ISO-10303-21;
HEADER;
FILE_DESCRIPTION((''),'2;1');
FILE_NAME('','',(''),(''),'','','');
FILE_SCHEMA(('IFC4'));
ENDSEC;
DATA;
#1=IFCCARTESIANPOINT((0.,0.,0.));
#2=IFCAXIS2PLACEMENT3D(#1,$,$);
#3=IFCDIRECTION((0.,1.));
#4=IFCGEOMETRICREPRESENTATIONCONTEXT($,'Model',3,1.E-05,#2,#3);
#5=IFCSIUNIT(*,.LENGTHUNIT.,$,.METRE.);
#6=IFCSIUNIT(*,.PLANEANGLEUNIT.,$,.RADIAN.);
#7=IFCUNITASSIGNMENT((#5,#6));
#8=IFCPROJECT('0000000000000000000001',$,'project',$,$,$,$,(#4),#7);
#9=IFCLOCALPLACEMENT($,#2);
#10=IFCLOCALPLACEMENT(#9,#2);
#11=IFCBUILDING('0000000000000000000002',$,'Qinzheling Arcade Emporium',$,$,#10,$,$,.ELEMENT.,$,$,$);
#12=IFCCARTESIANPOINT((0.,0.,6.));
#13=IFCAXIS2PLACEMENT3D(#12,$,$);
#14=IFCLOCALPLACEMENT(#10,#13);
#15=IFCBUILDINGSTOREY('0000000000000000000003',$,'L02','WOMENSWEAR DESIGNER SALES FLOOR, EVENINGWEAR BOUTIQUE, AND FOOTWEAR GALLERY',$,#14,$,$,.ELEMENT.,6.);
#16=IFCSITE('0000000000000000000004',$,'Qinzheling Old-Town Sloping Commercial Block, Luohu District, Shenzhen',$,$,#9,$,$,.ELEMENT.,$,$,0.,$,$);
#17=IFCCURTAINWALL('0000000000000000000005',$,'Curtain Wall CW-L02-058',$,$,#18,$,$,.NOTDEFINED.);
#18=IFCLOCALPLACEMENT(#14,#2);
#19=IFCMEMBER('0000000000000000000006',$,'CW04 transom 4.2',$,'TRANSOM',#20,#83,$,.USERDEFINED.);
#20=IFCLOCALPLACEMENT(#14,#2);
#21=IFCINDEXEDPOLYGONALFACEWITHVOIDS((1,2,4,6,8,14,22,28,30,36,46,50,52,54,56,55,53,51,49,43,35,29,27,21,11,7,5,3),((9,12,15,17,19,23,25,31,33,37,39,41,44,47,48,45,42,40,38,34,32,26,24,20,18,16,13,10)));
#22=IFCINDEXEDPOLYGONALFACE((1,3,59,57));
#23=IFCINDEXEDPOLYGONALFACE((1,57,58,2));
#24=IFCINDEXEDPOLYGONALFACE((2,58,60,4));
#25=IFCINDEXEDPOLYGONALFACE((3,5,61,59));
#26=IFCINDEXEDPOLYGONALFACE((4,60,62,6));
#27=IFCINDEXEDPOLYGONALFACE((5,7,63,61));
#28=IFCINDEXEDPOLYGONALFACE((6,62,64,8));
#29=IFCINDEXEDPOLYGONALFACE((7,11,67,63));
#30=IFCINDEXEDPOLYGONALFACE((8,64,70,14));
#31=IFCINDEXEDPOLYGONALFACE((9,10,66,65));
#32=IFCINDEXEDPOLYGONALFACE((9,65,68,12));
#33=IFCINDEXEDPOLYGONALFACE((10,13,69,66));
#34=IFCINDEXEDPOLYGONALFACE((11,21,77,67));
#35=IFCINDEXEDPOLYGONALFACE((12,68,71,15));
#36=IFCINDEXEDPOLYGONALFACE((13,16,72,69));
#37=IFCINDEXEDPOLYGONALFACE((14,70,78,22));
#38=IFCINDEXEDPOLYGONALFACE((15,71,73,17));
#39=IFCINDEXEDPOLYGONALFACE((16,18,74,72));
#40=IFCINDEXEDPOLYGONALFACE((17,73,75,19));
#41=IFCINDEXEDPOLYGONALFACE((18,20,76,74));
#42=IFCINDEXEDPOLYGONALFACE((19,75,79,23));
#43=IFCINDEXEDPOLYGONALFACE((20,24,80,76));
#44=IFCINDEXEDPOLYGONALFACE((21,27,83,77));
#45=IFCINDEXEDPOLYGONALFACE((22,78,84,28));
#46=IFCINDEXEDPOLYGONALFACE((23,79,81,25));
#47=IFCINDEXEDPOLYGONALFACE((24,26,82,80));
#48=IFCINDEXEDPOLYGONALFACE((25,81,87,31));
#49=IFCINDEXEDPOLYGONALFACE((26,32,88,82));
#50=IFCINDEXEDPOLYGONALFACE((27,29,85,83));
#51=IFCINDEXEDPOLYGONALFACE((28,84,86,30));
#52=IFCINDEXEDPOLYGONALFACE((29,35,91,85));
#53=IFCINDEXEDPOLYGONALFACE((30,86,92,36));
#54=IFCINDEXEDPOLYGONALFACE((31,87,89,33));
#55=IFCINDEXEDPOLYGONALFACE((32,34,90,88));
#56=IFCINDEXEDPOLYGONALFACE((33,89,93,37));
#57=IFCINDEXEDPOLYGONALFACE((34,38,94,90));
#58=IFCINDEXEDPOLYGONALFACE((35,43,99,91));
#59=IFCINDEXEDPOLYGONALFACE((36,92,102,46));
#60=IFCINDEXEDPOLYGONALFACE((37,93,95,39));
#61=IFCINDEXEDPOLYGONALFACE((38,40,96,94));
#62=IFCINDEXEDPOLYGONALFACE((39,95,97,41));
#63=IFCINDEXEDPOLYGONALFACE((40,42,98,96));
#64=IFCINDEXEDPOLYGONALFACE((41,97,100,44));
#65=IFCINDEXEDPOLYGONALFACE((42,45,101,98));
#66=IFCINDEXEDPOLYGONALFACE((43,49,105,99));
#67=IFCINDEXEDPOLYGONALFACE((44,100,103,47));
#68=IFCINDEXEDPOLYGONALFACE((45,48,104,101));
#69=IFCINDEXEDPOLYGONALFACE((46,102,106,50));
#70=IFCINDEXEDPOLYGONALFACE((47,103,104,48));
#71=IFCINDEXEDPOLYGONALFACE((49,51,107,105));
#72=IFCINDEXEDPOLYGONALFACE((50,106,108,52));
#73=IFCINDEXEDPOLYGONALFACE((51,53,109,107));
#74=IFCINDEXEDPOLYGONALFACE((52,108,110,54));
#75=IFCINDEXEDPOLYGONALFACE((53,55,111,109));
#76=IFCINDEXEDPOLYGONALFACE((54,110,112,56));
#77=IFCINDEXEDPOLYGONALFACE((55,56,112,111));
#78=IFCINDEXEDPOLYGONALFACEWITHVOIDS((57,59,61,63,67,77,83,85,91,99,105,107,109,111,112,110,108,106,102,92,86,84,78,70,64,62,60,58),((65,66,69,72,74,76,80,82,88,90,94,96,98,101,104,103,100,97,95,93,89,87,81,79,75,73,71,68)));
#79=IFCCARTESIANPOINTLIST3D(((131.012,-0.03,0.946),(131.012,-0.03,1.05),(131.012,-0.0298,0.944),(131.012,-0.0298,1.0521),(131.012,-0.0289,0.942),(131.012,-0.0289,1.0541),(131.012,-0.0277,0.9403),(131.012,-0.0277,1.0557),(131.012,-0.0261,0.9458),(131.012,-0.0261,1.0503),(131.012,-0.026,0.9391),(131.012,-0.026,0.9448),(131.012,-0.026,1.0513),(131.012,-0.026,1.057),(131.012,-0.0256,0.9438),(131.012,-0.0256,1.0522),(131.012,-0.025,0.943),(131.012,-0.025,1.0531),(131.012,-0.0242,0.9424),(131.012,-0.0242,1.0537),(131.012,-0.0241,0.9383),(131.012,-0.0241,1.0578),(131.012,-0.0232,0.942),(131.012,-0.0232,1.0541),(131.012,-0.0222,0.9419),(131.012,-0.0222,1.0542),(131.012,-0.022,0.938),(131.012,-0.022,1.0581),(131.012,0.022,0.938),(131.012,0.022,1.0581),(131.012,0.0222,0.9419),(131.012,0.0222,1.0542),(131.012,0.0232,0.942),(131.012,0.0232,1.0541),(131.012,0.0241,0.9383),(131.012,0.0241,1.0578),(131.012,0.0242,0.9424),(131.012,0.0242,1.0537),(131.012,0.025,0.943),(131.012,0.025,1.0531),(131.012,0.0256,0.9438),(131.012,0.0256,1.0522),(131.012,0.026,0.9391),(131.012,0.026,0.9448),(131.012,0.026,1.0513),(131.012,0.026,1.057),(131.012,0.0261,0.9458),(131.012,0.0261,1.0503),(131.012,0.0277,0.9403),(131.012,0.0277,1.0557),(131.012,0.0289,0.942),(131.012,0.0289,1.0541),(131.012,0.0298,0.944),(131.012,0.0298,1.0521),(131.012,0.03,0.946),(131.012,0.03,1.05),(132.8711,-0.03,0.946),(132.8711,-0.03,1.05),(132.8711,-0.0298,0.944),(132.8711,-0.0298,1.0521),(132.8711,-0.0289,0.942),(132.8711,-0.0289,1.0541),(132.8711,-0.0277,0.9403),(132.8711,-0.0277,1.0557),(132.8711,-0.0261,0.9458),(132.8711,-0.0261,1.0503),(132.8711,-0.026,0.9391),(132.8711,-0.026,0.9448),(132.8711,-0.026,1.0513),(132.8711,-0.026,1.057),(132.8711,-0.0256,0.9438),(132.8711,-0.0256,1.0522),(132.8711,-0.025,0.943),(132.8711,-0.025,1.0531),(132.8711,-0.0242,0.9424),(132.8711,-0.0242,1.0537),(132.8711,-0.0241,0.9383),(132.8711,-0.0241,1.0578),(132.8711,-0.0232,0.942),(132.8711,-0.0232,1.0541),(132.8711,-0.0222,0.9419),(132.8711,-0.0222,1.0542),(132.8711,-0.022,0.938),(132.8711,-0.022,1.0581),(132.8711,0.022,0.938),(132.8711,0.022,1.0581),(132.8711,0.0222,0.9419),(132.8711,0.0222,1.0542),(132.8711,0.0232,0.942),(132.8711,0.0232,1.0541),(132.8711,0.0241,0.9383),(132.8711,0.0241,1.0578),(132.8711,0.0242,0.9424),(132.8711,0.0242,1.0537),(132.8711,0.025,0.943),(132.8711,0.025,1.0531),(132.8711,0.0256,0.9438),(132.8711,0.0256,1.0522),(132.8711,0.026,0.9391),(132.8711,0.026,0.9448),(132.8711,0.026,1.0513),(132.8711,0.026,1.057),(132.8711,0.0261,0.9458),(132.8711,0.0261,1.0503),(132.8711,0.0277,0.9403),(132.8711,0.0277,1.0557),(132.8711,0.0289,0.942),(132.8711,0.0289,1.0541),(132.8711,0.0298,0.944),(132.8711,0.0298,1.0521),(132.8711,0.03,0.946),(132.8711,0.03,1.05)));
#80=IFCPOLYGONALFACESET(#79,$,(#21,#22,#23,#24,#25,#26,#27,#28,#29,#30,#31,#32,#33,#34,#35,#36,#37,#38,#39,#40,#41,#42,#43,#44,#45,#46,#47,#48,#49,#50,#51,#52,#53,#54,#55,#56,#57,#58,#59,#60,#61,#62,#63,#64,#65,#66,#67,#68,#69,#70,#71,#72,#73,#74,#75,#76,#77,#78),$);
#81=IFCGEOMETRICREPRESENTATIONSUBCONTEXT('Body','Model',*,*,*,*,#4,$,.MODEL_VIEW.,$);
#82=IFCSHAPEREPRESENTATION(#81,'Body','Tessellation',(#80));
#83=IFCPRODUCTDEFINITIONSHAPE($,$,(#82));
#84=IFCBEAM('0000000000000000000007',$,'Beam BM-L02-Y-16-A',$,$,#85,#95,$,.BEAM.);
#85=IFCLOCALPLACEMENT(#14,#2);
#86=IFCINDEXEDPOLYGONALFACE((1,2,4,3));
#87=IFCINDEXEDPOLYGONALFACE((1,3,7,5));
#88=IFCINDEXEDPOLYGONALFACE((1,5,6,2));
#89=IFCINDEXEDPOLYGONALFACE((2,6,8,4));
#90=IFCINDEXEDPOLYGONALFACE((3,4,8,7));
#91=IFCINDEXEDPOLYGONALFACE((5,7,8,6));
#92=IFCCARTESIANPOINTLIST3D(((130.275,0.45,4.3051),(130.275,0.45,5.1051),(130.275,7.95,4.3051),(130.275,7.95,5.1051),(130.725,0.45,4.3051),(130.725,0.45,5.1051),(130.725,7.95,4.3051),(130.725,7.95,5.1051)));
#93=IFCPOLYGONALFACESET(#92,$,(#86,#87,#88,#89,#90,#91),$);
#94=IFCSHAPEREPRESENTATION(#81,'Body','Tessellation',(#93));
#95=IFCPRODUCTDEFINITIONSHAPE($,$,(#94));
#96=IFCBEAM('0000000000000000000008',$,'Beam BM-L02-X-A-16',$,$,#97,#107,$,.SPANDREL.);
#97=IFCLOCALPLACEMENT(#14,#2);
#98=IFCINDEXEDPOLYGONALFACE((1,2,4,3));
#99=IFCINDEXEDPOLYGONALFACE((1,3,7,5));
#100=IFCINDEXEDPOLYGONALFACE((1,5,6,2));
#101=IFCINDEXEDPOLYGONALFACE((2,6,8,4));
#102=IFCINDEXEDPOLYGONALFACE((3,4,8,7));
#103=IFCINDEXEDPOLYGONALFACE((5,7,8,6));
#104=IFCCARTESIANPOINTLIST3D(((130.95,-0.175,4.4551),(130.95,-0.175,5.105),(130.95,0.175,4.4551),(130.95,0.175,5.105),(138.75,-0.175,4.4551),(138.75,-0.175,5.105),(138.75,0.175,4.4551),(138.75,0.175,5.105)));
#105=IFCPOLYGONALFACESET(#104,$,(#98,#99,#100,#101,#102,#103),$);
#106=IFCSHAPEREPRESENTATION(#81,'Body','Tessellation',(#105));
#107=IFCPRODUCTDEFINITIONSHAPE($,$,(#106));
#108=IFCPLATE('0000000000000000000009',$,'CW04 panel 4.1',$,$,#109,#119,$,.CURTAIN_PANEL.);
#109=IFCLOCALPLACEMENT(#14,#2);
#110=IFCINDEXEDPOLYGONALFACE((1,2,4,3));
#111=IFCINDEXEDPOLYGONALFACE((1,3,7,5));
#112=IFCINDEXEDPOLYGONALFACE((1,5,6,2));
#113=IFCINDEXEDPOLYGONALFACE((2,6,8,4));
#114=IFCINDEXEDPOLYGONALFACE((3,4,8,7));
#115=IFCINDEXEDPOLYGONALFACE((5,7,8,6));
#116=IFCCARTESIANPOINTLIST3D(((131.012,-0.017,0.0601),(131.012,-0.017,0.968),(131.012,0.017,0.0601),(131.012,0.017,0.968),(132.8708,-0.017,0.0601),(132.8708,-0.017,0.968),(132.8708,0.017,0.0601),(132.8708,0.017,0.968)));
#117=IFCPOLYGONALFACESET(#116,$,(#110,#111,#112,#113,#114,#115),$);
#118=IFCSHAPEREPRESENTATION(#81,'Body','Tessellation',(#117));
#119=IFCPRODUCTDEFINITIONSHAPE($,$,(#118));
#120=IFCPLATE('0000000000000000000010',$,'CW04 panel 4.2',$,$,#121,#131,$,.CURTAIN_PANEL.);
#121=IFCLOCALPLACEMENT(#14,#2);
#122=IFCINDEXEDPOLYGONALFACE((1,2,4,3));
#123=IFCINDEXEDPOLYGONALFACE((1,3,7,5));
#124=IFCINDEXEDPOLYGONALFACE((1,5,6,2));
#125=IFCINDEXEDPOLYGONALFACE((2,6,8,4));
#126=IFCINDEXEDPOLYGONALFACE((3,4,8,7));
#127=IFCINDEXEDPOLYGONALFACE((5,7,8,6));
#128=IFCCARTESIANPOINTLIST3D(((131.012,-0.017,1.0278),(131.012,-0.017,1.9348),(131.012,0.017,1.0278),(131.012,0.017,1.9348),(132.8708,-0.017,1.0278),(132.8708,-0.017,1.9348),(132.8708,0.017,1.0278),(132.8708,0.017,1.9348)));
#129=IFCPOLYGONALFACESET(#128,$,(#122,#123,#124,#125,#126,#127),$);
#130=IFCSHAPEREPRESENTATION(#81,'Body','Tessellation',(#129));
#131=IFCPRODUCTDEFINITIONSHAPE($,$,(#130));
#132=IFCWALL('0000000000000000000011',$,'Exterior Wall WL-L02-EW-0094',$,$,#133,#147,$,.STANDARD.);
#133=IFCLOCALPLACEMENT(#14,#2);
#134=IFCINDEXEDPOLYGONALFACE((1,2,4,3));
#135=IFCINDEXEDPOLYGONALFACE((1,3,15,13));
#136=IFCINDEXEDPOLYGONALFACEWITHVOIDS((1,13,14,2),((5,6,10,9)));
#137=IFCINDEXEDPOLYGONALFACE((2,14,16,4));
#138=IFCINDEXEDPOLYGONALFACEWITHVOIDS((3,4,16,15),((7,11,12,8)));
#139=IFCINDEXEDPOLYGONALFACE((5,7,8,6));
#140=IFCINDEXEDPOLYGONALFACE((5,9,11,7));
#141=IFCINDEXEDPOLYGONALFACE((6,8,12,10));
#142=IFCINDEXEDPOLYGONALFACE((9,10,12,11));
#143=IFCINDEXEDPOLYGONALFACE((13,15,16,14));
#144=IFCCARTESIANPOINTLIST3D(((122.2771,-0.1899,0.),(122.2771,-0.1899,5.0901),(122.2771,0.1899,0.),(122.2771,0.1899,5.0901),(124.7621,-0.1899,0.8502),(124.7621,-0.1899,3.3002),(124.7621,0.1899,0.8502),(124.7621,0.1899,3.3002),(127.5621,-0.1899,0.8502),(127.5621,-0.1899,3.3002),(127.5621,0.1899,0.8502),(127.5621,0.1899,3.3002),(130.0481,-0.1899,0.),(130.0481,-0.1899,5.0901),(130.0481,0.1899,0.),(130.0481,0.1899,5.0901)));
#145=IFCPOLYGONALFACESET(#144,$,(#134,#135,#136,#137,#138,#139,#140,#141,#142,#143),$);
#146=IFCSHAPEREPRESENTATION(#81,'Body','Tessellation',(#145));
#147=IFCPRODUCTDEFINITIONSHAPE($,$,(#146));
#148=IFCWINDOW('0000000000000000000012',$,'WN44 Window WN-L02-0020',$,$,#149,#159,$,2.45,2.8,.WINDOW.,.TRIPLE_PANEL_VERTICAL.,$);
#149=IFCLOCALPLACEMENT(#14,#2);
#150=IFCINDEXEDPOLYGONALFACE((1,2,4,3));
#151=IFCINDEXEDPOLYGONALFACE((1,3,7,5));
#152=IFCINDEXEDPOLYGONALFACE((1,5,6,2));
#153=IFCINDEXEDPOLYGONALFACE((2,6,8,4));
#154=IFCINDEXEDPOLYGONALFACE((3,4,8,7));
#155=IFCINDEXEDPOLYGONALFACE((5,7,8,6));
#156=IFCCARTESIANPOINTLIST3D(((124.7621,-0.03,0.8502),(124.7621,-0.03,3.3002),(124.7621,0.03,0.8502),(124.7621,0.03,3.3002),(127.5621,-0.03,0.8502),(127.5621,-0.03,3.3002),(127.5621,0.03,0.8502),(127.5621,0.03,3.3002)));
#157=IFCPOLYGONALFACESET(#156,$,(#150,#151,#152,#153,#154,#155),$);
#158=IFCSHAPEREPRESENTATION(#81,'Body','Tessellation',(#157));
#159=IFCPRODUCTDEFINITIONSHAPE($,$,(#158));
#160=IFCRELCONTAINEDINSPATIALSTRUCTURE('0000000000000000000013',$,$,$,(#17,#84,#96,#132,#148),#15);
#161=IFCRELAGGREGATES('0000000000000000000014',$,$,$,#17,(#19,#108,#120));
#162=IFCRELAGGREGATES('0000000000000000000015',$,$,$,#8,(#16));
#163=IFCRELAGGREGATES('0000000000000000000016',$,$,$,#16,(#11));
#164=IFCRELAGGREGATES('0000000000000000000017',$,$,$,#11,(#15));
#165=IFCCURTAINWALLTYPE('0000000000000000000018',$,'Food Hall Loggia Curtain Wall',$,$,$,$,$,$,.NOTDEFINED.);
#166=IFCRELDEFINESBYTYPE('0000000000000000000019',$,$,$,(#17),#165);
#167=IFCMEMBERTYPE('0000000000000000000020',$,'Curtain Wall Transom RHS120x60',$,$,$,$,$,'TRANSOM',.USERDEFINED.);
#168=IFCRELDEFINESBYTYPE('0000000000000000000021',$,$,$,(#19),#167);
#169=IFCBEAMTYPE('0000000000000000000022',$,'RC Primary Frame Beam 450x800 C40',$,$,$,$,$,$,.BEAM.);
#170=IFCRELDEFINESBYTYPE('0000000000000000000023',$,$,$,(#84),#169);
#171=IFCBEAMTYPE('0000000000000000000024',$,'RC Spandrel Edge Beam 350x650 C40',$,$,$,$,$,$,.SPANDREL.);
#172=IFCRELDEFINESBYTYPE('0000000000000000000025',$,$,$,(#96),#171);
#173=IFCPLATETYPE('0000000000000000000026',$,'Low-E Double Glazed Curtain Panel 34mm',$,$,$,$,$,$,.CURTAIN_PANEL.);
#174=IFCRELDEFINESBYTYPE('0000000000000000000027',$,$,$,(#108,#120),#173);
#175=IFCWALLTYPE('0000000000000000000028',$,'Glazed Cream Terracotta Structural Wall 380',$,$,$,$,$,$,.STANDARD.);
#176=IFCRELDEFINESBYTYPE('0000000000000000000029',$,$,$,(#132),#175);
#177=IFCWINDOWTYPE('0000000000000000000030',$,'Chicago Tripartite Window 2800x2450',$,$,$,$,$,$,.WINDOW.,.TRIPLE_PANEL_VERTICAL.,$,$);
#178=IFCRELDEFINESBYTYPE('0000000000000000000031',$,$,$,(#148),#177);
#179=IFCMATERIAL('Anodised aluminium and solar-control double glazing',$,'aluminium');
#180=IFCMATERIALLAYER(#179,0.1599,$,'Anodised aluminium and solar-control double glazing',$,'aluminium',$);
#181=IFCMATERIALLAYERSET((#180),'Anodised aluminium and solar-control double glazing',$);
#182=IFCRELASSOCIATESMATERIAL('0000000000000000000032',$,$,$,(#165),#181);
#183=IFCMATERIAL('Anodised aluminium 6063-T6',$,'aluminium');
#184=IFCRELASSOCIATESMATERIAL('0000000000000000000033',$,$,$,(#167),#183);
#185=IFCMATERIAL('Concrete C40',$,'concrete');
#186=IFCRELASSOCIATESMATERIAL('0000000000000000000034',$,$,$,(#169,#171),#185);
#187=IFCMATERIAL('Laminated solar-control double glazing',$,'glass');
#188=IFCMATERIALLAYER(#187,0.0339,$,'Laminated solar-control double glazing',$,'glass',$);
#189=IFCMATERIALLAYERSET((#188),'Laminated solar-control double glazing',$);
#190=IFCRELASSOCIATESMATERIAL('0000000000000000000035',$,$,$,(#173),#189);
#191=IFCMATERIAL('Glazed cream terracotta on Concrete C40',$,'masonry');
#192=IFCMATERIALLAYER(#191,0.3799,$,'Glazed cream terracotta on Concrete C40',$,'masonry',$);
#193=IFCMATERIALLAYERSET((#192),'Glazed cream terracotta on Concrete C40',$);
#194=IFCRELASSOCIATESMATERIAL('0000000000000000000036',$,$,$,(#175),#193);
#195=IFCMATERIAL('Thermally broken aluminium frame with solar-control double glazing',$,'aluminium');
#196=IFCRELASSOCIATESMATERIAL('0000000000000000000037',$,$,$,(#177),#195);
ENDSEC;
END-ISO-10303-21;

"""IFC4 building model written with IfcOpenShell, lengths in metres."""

from ifc_helpers import new_model, si_unit, direction, frame, frame_2d, origin, origin_2d, place, context, subcontext, project, spatial, rectangle, hollow_rectangle, extrude, material, layer, layer_set, material_profile, profile_set, type_object, element, fill, aggregate, save


model = new_model("IFC4")

# Units and contexts
model_context = context("Model", 3, precision=1e-05, world=origin(), true_north=direction((0.0, 1.0)))
body_context = subcontext(model_context, "Body", "Model", "MODEL_VIEW")
ifc_project = project(units=[si_unit("LENGTHUNIT", "METRE"), si_unit("PLANEANGLEUNIT", "RADIAN")], contexts=[model_context])

# Site, building, storey
site_placement = place(None, origin())
site = spatial("IfcSite", under=ifc_project, at=site_placement, Name="Qinzheling Old-Town Sloping Commercial Block, Luohu District, Shenzhen", CompositionType="ELEMENT", RefElevation=0.0)
building_placement = place(site_placement, origin())
building = spatial("IfcBuilding", under=site, at=building_placement, Name="Qinzheling Arcade Emporium", CompositionType="ELEMENT")
storey_placement = place(building_placement, frame((0.0, 0.0, 6.0)))
storey = spatial("IfcBuildingStorey", under=building, at=storey_placement, Name="L02", Description="WOMENSWEAR DESIGNER SALES FLOOR, EVENINGWEAR BOUTIQUE, AND FOOTWEAR GALLERY", CompositionType="ELEMENT", Elevation=6.0)

# Curtain wall, member
ifc_material_1 = material(Name="Anodised aluminium and solar-control double glazing", Category="aluminium")
ifc_layer_1 = layer(ifc_material_1, 0.1599, Name="Anodised aluminium and solar-control double glazing", Category="aluminium")
ifc_layer_set_1 = layer_set([ifc_layer_1], Name="Anodised aluminium and solar-control double glazing")
curtain_wall_type = type_object("IfcCurtainWallType", Name="Food Hall Loggia Curtain Wall", PredefinedType="NOTDEFINED", material=ifc_layer_set_1)
curtain_wall_placement = place(storey_placement, origin())
curtain_wall = element("IfcCurtainWall", 1, at=curtain_wall_placement, inside=storey, type_object=curtain_wall_type, Name="Curtain Wall CW-L02-058", PredefinedType="NOTDEFINED")
ifc_material_2 = material(Name="Anodised aluminium 6063-T6", Category="aluminium")
ifc_material_profile_1 = material_profile(ifc_material_2, hollow_rectangle(XDim=0.0601, YDim=0.1201, WallThickness=0.0039, InnerFilletRadius=0.0039, OuterFilletRadius=0.0081, at=origin_2d()), Name="RHS 120x60x4", Category="aluminium")
ifc_profile_set_1 = profile_set([ifc_material_profile_1], Name="Anodised aluminium 6063-T6")
member_type_1 = type_object("IfcMemberType", Name="Curtain Wall Transom RHS120x60", ElementType="TRANSOM", PredefinedType="USERDEFINED", material=ifc_profile_set_1)
member_1_placement = place(storey_placement, frame((132.8711, 0.0, 0.998), z_axis=(-1.0, 0.0, 0.0), x_axis=(0.0, -1.0, 0.0)))
member_1 = element("IfcMember", 2, at=member_1_placement, type_object=member_type_1, Name="CW04 transom 4.2", ObjectType="TRANSOM", PredefinedType="USERDEFINED", context=body_context, shape_type="SweptSolid", body=[
    extrude(hollow_rectangle(XDim=0.0601, YDim=0.1201, WallThickness=0.0039, InnerFilletRadius=0.0039, OuterFilletRadius=0.0081, at=origin_2d()), origin(), (0.0, 0.0, 1.0), 1.8591),
])

# Beams
ifc_material_3 = material(Name="Concrete C40", Category="concrete")
ifc_material_profile_2 = material_profile(ifc_material_3, rectangle(XDim=0.45, YDim=0.8, at=origin_2d()), Name="RC 450x800", Category="concrete")
ifc_profile_set_2 = profile_set([ifc_material_profile_2], Name="Concrete C40")
beam_type_1 = type_object("IfcBeamType", Name="RC Primary Frame Beam 450x800 C40", PredefinedType="BEAM", material=ifc_profile_set_2)
beam_1_placement = place(storey_placement, frame((130.5, 0.45, 4.7051), z_axis=(0.0, 1.0, 0.0), x_axis=(-1.0, 0.0, 0.0)))
element("IfcBeam", 3, at=beam_1_placement, inside=storey, type_object=beam_type_1, Name="Beam BM-L02-Y-16-A", PredefinedType="BEAM", context=body_context, shape_type="SweptSolid", body=[
    extrude(rectangle(XDim=0.45, YDim=0.8, at=origin_2d()), origin(), (0.0, 0.0, 1.0), 7.5),
])
ifc_material_profile_3 = material_profile(ifc_material_3, rectangle(XDim=0.3501, YDim=0.6499, at=origin_2d()), Name="RC 350x650", Category="concrete")
ifc_profile_set_3 = profile_set([ifc_material_profile_3], Name="Concrete C40")
beam_type_2 = type_object("IfcBeamType", Name="RC Spandrel Edge Beam 350x650 C40", PredefinedType="SPANDREL", material=ifc_profile_set_3)
beam_2_placement = place(storey_placement, frame((130.95, 0.0, 4.78), z_axis=(1.0, 0.0, 0.0), x_axis=(0.0, 1.0, 0.0)))
element("IfcBeam", 4, at=beam_2_placement, inside=storey, type_object=beam_type_2, Name="Beam BM-L02-X-A-16", PredefinedType="SPANDREL", context=body_context, shape_type="SweptSolid", body=[
    extrude(rectangle(XDim=0.3501, YDim=0.6499, at=origin_2d()), origin(), (0.0, 0.0, 1.0), 7.8),
])

# Plates
ifc_material_4 = material(Name="Laminated solar-control double glazing", Category="glass")
ifc_layer_2 = layer(ifc_material_4, 0.0339, Name="Laminated solar-control double glazing", Category="glass")
ifc_layer_set_2 = layer_set([ifc_layer_2], Name="Laminated solar-control double glazing")
plate_type = type_object("IfcPlateType", Name="Low-E Double Glazed Curtain Panel 34mm", PredefinedType="CURTAIN_PANEL", material=ifc_layer_set_2)
plate_1_placement = place(storey_placement, frame((131.9414, 0.0, 0.0601), z_axis=(0.0, 0.0, 1.0), x_axis=(-1.0, 0.0, 0.0)))
plate_1 = element("IfcPlate", 5, at=plate_1_placement, type_object=plate_type, Name="CW04 panel 4.1", PredefinedType="CURTAIN_PANEL", context=body_context, shape_type="SweptSolid", body=[
    extrude(rectangle(XDim=1.8589, YDim=0.0339, at=origin_2d()), origin(), (0.0, 0.0, 1.0), 0.908),
])
plate_2_placement = place(storey_placement, frame((131.9414, 0.0, 1.0278), z_axis=(0.0, 0.0, 1.0), x_axis=(-1.0, 0.0, 0.0)))
plate_2 = element("IfcPlate", 6, at=plate_2_placement, type_object=plate_type, Name="CW04 panel 4.2", PredefinedType="CURTAIN_PANEL", context=body_context, shape_type="SweptSolid", body=[
    extrude(rectangle(XDim=1.8589, YDim=0.0339, at=origin_2d()), origin(), (0.0, 0.0, 1.0), 0.907),
])
aggregate(curtain_wall, [member_1, plate_1, plate_2])

# Wall, opening, window
ifc_material_5 = material(Name="Glazed cream terracotta on Concrete C40", Category="masonry")
ifc_layer_3 = layer(ifc_material_5, 0.3799, Name="Glazed cream terracotta on Concrete C40", Category="masonry")
ifc_layer_set_3 = layer_set([ifc_layer_3], Name="Glazed cream terracotta on Concrete C40")
wall_type_1 = type_object("IfcWallType", Name="Glazed Cream Terracotta Structural Wall 380", PredefinedType="STANDARD", material=ifc_layer_set_3)
wall_1_placement = place(storey_placement, frame((130.0481, 0.0, 0.0), z_axis=(0.0, 0.0, 1.0), x_axis=(-1.0, 0.0, 0.0)))
wall_1 = element("IfcWall", 7, at=wall_1_placement, inside=storey, type_object=wall_type_1, Name="Exterior Wall WL-L02-EW-0094", PredefinedType="STANDARD", context=body_context, shape_type="SweptSolid", body=[
    extrude(rectangle(XDim=7.771, YDim=0.3799, at=frame_2d((3.8855, 0.0))), origin(), (0.0, 0.0, 1.0), 5.0901),
])
opening_1_placement = place(wall_1_placement, frame((2.4861, 0.0, 0.8501)))
opening_1 = element("IfcOpeningElement", 8, at=opening_1_placement, cuts=wall_1, PredefinedType="OPENING", context=body_context, shape_type="SweptSolid", body=[
    extrude(rectangle(XDim=2.8, YDim=2.45, at=frame_2d((1.3999, 1.2251))), frame((0.0, 0.2, 0.0), z_axis=(0.0, -1.0, 0.0), x_axis=(1.0, 0.0, 0.0)), (0.0, 0.0, 1.0), 0.3999),
])
ifc_material_6 = material(Name="Thermally broken aluminium frame with solar-control double glazing", Category="aluminium")
window_type = type_object("IfcWindowType", Name="Chicago Tripartite Window 2800x2450", PartitioningType="TRIPLE_PANEL_VERTICAL", PredefinedType="WINDOW", material=ifc_material_6)
window_placement = place(opening_1_placement, origin())
window = element("IfcWindow", 9, at=window_placement, inside=storey, type_object=window_type, Name="WN44 Window WN-L02-0020", OverallHeight=2.45, OverallWidth=2.8, PartitioningType="TRIPLE_PANEL_VERTICAL", PredefinedType="WINDOW", context=body_context, shape_type="SweptSolid", body=[
    extrude(rectangle(XDim=2.8, YDim=2.45, at=frame_2d((1.3999, 1.2251))), frame((0.0, 0.03, 0.0), z_axis=(0.0, -1.0, 0.0), x_axis=(1.0, 0.0, 0.0)), (0.0, 0.0, 1.0), 0.0601),
])
fill(opening_1, window)

save(model, "model.ifc")
